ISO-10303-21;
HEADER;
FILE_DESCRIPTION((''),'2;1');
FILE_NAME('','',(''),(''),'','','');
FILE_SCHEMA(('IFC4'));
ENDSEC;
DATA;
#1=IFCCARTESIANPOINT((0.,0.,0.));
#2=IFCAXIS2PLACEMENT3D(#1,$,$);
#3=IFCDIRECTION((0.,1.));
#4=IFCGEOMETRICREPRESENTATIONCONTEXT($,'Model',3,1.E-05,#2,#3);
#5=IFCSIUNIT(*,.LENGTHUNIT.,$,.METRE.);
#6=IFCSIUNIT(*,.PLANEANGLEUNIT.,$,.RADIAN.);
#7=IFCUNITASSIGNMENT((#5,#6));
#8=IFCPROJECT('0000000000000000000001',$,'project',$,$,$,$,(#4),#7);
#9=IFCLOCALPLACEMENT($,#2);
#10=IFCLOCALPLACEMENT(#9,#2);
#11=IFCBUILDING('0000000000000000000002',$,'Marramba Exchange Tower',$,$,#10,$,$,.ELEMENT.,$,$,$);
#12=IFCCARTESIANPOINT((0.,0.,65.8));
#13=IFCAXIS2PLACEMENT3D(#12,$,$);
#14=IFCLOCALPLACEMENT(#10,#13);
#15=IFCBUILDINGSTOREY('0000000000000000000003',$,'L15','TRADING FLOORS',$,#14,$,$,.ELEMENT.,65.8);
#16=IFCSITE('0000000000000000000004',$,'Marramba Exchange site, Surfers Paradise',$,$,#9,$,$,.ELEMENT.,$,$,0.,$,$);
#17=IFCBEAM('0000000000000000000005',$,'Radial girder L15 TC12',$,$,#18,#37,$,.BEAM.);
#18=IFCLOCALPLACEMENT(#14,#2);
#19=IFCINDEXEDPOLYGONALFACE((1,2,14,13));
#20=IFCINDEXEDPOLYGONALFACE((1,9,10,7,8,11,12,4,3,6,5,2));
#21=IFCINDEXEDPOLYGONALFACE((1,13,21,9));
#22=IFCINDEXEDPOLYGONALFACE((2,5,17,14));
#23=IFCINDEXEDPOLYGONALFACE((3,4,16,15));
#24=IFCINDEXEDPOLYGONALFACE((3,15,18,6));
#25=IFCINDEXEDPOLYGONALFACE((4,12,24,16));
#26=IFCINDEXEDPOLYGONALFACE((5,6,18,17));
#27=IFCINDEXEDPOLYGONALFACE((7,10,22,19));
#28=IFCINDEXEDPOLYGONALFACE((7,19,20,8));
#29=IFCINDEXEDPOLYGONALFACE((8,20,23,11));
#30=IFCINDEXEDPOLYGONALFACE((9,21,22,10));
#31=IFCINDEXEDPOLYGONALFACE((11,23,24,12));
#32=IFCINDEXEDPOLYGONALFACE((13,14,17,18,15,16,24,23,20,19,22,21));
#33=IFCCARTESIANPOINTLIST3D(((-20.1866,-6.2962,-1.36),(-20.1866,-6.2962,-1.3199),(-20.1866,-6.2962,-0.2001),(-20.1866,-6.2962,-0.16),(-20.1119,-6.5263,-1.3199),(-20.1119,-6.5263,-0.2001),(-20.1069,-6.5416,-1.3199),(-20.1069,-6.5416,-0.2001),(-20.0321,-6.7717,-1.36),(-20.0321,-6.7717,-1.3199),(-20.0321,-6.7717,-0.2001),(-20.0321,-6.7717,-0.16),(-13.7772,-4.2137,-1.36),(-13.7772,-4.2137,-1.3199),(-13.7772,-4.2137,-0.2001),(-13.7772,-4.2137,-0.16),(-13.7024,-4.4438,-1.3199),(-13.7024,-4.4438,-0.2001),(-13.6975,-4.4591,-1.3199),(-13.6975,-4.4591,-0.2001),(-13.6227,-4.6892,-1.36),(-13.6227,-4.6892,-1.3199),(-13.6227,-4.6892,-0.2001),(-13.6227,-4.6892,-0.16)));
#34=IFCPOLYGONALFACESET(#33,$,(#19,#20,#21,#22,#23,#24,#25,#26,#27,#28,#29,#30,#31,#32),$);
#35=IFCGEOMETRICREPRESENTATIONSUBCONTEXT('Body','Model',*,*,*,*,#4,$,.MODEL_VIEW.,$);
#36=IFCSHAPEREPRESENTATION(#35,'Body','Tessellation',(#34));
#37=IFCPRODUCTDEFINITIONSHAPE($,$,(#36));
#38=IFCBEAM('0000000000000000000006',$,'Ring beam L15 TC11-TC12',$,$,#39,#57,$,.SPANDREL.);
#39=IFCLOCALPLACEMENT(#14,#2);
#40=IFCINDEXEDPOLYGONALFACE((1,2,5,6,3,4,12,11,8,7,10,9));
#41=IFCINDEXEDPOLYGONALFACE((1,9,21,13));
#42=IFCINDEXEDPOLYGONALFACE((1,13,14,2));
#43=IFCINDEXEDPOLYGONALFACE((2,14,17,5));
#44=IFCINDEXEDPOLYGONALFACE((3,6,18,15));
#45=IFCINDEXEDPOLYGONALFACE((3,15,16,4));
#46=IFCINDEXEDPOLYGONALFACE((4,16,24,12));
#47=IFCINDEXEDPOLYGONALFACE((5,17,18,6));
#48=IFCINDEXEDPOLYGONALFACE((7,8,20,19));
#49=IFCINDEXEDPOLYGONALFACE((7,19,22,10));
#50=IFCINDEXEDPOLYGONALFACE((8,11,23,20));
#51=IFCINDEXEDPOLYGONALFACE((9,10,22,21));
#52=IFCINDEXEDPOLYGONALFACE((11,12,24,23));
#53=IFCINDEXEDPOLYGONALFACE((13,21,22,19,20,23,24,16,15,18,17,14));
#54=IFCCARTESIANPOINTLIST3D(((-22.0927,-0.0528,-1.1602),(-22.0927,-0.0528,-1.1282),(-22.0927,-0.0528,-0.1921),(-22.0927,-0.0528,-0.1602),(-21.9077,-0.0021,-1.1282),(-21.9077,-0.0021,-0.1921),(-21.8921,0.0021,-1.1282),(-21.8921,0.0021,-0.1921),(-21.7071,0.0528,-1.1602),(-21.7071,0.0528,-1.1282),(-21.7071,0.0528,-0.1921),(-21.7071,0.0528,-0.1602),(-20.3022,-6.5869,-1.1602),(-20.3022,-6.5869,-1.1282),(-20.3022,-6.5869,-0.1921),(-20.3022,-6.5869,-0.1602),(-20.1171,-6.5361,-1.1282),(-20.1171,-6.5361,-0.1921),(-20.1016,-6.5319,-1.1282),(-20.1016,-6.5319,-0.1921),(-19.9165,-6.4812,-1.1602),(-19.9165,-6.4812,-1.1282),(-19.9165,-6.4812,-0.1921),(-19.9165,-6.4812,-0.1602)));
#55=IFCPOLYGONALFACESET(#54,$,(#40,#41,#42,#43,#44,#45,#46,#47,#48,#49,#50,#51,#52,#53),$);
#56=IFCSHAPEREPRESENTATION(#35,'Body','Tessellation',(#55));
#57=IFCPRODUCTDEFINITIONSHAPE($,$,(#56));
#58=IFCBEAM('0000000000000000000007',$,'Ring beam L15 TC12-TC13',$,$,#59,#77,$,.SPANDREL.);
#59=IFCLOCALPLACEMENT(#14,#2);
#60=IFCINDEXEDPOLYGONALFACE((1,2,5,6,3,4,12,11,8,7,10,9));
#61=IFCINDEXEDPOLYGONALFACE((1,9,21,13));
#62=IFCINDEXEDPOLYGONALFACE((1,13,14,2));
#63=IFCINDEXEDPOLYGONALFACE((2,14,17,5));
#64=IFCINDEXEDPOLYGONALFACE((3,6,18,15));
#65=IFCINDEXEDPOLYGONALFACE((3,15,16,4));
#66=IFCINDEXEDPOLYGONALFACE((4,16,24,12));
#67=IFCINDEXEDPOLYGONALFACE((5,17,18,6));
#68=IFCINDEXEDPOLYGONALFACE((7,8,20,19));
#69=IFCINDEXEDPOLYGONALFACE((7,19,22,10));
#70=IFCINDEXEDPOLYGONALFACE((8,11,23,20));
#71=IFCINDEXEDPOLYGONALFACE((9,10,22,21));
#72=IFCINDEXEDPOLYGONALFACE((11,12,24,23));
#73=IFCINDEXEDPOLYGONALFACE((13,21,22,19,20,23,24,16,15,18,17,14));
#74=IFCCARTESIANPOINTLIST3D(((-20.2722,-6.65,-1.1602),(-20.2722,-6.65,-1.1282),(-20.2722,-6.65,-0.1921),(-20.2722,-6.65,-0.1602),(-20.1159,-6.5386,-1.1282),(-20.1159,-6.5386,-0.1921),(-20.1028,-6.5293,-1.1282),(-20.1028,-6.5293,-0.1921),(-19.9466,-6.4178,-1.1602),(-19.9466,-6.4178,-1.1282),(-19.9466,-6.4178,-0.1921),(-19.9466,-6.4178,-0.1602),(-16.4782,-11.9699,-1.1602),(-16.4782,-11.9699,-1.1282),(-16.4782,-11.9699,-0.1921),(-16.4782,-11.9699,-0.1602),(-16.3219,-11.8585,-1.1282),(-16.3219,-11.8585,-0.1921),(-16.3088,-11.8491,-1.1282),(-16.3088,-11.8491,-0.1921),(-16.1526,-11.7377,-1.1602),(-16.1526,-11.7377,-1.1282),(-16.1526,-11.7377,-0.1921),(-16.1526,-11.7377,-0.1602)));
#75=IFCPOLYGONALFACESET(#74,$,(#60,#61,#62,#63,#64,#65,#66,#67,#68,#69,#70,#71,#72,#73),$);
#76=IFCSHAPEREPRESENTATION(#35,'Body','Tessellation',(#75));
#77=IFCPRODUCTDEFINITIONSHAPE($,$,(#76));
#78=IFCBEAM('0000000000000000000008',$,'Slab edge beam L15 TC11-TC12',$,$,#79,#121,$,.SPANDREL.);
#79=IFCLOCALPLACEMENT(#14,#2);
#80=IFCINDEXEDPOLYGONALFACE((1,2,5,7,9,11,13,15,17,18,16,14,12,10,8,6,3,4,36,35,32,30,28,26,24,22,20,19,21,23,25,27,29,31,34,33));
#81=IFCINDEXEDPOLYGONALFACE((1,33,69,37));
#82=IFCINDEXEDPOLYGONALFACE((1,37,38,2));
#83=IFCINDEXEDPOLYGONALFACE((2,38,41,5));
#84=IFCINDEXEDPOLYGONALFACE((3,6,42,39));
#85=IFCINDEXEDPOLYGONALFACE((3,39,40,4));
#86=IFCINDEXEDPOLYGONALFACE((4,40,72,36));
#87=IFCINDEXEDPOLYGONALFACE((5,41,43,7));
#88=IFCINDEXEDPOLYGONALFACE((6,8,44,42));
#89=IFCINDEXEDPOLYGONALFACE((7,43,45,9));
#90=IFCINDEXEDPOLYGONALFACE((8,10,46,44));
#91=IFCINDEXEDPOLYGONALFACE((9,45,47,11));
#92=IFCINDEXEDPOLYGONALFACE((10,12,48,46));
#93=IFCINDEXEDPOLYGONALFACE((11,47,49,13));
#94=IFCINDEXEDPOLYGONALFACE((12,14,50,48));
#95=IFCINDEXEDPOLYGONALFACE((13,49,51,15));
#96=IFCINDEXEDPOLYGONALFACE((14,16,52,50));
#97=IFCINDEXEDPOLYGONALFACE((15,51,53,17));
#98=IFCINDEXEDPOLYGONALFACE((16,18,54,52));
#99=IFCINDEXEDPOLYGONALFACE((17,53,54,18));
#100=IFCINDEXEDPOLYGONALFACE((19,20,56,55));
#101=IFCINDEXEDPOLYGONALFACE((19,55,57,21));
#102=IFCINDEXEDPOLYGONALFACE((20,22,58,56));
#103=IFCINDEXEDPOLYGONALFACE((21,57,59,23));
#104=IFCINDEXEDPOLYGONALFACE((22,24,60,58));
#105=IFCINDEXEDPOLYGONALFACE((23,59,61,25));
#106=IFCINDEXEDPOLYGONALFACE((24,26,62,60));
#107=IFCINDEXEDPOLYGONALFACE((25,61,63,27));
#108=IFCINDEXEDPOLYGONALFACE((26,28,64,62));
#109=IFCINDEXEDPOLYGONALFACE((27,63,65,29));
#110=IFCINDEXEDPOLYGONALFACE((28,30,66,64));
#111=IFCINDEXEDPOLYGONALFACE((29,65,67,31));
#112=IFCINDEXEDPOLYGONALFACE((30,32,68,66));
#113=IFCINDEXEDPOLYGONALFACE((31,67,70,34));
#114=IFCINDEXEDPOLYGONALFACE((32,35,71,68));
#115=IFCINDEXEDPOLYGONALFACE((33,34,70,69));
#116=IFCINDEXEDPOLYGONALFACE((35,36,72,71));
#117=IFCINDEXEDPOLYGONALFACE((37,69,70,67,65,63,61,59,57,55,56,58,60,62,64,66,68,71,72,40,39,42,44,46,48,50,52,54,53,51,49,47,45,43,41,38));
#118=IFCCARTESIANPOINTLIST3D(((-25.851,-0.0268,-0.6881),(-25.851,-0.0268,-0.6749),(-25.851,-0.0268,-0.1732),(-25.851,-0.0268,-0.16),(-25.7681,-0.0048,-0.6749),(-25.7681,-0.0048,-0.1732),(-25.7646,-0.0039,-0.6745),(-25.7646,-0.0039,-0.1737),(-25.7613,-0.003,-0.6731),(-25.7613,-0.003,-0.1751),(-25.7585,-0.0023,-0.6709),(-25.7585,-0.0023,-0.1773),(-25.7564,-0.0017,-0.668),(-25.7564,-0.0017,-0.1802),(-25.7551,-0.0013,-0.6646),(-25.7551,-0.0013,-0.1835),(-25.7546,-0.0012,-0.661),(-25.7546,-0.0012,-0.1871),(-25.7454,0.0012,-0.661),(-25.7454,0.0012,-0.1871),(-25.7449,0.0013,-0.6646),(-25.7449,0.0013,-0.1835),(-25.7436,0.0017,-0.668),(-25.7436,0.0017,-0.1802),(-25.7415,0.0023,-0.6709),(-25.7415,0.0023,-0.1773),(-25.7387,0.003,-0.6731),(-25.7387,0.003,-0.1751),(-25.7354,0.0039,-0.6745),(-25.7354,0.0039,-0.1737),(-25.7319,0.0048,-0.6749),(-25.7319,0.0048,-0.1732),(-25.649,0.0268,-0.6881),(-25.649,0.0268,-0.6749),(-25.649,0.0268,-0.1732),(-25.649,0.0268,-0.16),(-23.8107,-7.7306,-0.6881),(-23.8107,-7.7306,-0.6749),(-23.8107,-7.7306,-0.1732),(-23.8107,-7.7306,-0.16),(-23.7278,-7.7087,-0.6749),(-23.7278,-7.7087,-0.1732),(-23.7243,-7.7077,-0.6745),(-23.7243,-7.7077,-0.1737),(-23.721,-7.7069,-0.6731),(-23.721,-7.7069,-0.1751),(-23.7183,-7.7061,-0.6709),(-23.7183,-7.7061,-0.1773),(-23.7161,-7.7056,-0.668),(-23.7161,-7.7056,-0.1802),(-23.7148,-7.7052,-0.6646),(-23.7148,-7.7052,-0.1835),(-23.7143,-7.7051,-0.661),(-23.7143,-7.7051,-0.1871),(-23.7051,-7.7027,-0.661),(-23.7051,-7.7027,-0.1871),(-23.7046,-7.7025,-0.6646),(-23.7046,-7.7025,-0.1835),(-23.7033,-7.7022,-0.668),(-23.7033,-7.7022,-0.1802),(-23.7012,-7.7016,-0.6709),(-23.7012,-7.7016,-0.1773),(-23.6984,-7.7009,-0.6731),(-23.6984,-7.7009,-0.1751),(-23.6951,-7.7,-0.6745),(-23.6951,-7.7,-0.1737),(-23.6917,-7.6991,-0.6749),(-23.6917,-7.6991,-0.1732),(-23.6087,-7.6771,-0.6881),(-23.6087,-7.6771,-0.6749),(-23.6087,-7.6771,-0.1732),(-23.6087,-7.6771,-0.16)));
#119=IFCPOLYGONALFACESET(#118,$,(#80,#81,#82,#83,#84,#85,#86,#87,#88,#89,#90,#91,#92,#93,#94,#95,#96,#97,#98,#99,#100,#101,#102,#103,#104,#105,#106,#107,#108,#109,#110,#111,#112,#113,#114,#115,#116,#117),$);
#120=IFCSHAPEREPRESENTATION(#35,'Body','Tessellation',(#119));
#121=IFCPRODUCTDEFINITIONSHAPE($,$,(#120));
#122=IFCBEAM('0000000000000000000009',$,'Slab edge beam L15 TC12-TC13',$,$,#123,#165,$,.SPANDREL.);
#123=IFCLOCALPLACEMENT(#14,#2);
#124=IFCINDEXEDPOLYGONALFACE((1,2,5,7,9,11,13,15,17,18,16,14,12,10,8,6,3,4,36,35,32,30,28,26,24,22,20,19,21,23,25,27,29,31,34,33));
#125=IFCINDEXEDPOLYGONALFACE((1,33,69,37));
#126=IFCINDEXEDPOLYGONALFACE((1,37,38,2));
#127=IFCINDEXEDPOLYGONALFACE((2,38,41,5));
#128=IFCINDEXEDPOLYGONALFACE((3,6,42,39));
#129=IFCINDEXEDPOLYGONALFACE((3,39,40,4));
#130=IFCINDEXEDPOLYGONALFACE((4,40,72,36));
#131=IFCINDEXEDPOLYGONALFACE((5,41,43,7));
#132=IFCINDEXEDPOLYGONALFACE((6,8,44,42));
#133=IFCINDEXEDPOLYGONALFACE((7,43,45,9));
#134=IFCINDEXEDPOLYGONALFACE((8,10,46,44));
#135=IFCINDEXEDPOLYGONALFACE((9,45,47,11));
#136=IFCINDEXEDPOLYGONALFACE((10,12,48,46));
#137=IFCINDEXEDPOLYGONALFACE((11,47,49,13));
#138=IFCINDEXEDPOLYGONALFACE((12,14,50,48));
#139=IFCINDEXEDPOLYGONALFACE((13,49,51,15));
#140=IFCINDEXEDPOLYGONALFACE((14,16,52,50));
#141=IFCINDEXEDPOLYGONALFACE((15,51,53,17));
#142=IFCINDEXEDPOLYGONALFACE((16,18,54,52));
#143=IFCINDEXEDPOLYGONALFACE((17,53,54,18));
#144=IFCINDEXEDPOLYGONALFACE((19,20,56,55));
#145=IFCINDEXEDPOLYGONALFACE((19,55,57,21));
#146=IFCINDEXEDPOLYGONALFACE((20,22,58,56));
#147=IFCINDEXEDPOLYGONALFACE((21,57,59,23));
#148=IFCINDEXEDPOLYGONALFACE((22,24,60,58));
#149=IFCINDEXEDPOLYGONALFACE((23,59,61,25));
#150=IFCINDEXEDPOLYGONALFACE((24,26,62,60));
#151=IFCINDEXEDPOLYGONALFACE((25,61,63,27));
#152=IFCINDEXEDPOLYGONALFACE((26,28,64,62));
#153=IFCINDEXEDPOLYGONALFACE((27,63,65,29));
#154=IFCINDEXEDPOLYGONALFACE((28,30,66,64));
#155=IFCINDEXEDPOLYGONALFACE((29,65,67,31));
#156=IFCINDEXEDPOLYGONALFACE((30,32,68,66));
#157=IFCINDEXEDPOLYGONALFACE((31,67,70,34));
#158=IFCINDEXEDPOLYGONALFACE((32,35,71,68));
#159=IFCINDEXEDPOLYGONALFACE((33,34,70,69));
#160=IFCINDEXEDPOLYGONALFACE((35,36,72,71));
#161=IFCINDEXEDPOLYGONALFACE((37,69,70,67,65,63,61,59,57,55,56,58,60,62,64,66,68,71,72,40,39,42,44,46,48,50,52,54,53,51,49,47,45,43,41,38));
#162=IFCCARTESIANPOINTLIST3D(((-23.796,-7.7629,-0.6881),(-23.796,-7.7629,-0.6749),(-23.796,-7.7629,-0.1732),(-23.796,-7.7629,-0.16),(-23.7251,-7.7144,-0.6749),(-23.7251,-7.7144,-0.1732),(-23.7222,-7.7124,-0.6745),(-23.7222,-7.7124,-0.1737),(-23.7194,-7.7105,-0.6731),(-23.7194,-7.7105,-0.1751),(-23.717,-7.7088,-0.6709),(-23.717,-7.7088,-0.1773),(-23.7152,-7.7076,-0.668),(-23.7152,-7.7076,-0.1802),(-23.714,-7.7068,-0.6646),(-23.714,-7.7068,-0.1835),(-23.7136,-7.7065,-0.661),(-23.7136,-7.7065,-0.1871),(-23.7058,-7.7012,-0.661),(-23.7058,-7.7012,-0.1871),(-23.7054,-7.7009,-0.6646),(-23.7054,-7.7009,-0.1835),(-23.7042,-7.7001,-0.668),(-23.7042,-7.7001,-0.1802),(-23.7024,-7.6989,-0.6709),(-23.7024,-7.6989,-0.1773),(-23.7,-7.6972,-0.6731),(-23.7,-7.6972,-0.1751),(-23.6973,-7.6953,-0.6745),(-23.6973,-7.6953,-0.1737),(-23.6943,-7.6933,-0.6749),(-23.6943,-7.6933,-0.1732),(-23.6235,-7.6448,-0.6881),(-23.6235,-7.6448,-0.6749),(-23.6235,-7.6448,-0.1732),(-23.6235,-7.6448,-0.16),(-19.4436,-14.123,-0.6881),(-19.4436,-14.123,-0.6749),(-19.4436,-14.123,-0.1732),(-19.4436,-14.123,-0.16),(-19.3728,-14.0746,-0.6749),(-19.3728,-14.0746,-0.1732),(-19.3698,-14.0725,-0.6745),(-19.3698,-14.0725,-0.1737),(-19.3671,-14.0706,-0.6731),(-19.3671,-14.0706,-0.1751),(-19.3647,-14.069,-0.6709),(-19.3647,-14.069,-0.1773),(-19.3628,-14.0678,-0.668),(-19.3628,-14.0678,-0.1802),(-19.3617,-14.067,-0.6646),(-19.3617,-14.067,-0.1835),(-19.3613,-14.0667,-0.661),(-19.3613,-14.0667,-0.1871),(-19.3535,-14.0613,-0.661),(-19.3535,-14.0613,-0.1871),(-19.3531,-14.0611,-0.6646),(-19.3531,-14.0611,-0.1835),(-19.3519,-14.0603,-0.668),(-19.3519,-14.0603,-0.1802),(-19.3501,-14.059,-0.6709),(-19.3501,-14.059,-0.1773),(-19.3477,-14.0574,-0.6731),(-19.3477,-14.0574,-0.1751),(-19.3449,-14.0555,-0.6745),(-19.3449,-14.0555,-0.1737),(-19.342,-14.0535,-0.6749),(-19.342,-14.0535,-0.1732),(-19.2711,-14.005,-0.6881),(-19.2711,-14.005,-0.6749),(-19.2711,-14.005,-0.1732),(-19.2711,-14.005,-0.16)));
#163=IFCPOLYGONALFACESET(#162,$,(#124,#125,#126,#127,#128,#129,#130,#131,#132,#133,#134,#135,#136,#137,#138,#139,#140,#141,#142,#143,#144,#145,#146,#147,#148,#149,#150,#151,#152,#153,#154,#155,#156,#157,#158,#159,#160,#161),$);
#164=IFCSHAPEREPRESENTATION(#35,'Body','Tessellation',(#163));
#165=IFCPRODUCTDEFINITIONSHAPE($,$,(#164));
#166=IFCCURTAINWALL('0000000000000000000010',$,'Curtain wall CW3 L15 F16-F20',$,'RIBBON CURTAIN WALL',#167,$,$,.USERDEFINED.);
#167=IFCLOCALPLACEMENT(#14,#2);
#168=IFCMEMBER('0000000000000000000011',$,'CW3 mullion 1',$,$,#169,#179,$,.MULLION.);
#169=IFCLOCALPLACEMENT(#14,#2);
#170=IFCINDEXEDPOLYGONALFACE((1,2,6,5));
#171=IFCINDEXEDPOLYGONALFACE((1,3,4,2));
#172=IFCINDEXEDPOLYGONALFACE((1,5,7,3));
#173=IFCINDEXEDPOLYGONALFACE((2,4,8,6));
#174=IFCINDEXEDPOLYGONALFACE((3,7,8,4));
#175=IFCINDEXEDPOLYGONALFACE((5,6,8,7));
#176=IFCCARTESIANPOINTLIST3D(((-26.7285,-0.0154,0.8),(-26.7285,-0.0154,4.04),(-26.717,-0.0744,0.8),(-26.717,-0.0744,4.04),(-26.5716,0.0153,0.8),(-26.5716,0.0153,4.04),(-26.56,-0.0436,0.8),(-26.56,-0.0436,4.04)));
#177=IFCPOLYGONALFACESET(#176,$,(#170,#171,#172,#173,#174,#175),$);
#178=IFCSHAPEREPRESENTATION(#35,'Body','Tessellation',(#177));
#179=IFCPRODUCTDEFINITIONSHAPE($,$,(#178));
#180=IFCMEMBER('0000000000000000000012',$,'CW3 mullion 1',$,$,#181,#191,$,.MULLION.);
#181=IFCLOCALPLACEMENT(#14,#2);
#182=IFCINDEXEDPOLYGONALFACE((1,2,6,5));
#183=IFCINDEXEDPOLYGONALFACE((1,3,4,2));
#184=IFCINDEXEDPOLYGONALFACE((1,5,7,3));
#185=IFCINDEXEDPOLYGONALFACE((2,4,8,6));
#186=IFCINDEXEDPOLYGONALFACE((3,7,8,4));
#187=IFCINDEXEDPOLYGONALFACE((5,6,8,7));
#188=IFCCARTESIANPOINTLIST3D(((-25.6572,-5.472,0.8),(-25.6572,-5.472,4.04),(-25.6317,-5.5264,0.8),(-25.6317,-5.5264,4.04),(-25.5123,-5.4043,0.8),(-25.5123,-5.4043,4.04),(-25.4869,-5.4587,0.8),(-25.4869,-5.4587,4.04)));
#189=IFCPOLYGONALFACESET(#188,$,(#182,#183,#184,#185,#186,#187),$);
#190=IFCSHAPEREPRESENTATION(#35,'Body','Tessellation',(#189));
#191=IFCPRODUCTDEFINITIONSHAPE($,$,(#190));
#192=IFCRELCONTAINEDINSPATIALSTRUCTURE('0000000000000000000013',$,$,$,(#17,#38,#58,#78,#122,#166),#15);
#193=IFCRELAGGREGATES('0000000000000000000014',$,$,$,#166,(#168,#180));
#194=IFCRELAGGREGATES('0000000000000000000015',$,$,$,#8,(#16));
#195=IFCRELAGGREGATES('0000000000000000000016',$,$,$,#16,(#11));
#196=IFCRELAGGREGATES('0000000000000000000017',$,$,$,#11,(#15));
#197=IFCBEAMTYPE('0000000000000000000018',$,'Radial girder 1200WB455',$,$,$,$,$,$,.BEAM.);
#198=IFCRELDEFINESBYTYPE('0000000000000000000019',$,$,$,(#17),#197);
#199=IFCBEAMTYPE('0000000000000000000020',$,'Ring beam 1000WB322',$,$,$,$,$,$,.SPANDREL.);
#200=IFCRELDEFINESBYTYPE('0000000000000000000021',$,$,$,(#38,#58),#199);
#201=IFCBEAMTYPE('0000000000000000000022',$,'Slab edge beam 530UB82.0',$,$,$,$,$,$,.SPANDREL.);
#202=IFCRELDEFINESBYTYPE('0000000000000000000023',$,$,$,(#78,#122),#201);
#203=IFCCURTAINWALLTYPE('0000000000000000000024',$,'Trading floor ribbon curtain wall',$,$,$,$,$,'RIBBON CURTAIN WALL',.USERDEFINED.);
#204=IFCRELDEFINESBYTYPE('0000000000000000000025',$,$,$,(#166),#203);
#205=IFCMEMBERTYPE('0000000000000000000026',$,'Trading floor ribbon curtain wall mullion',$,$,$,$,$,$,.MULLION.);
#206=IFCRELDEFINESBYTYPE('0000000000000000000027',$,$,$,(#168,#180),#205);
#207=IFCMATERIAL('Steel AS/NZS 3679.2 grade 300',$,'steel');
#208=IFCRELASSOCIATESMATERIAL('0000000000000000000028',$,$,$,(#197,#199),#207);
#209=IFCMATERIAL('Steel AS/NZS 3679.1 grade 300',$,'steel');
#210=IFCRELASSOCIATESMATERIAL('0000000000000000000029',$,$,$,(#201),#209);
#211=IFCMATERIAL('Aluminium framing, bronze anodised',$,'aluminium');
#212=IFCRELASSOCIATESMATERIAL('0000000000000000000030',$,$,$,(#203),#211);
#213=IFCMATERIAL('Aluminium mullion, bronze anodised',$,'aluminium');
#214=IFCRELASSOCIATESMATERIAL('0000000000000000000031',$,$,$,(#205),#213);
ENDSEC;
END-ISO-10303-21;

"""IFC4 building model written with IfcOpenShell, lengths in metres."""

from ifc_helpers import new_model, si_unit, direction, frame, origin, origin_2d, place, context, subcontext, project, spatial, rectangle, i_section, extrude, material, material_profile, profile_set, type_object, element, aggregate, save


model = new_model("IFC4")

# Units and contexts
model_context = context("Model", 3, precision=1e-05, world=origin(), true_north=direction((0.0, 1.0)))
body_context = subcontext(model_context, "Body", "Model", "MODEL_VIEW")
ifc_project = project(units=[si_unit("LENGTHUNIT", "METRE"), si_unit("PLANEANGLEUNIT", "RADIAN")], contexts=[model_context])

# Site, building, storey
site_placement = place(None, origin())
site = spatial("IfcSite", under=ifc_project, at=site_placement, Name="Marramba Exchange site, Surfers Paradise", CompositionType="ELEMENT", RefElevation=0.0)
building_placement = place(site_placement, origin())
building = spatial("IfcBuilding", under=site, at=building_placement, Name="Marramba Exchange Tower", CompositionType="ELEMENT")
storey_placement = place(building_placement, frame((0.0, 0.0, 65.8)))
storey = spatial("IfcBuildingStorey", under=building, at=storey_placement, Name="L15", Description="TRADING FLOORS", CompositionType="ELEMENT", Elevation=65.8)

# Beams
ifc_material_1 = material(Name="Steel AS/NZS 3679.2 grade 300", Category="steel")
ifc_material_2 = material(Name="Steel AS/NZS 3679.1 grade 300", Category="steel")
ifc_material_profile_1 = material_profile(ifc_material_1, i_section(OverallWidth=0.5, OverallDepth=1.2, WebThickness=0.0161, FlangeThickness=0.04, at=origin_2d()), Name="1200WB455")
ifc_profile_set_1 = profile_set([ifc_material_profile_1], Name="Steel AS/NZS 3679.2 grade 300")
beam_type_1 = type_object("IfcBeamType", Name="Radial girder 1200WB455", PredefinedType="BEAM", material=ifc_profile_set_1)
beam_1_placement = place(storey_placement, frame((-13.7, -4.4514, -0.76), z_axis=(-0.951058, -0.309013, 0.0), x_axis=(0.309013, -0.951058, 0.0)))
element("IfcBeam", 1, at=beam_1_placement, inside=storey, type_object=beam_type_1, Name="Radial girder L15 TC12", PredefinedType="BEAM", context=body_context, shape_type="SweptSolid", body=[
    extrude(i_section(OverallWidth=0.5, OverallDepth=1.2, WebThickness=0.0161, FlangeThickness=0.04, at=origin_2d()), origin(), (0.0, 0.0, 1.0), 6.7393),
])
ifc_material_profile_2 = material_profile(ifc_material_1, i_section(OverallWidth=0.3999, OverallDepth=1.0, WebThickness=0.0161, FlangeThickness=0.032, at=origin_2d()), Name="1000WB322")
ifc_profile_set_2 = profile_set([ifc_material_profile_2], Name="Steel AS/NZS 3679.2 grade 300")
beam_type_2 = type_object("IfcBeamType", Name="Ring beam 1000WB322", PredefinedType="SPANDREL", material=ifc_profile_set_2)
beam_2_placement = place(storey_placement, frame((-21.8999, 0.0, -0.6602), z_axis=(0.264291, -0.964443, 0.0), x_axis=(0.964443, 0.264291, 0.0)))
element("IfcBeam", 2, at=beam_2_placement, inside=storey, type_object=beam_type_2, Name="Ring beam L15 TC11-TC12", PredefinedType="SPANDREL", context=body_context, shape_type="SweptSolid", body=[
    extrude(i_section(OverallWidth=0.3999, OverallDepth=1.0, WebThickness=0.0161, FlangeThickness=0.032, at=origin_2d()), origin(), (0.0, 0.0, 1.0), 6.7749),
])
beam_3_placement = place(storey_placement, frame((-20.1094, -6.5339, -0.6602), z_axis=(0.580637, -0.814162, 0.0), x_axis=(0.814162, 0.580637, 0.0)))
element("IfcBeam", 3, at=beam_3_placement, inside=storey, type_object=beam_type_2, Name="Ring beam L15 TC12-TC13", PredefinedType="SPANDREL", context=body_context, shape_type="SweptSolid", body=[
    extrude(i_section(OverallWidth=0.3999, OverallDepth=1.0, WebThickness=0.0161, FlangeThickness=0.032, at=origin_2d()), origin(), (0.0, 0.0, 1.0), 6.5342),
])
ifc_material_profile_3 = material_profile(ifc_material_2, i_section(OverallWidth=0.209, OverallDepth=0.5281, WebThickness=0.0095, FlangeThickness=0.0132, FilletRadius=0.0139, at=origin_2d()), Name="530UB82.0")
ifc_profile_set_3 = profile_set([ifc_material_profile_3], Name="Steel AS/NZS 3679.1 grade 300")
beam_type_3 = type_object("IfcBeamType", Name="Slab edge beam 530UB82.0", PredefinedType="SPANDREL", material=ifc_profile_set_3)
beam_4_placement = place(storey_placement, frame((-25.75, 0.0, -0.4241), z_axis=(0.256013, -0.966673, 0.0), x_axis=(0.966673, 0.256013, 0.0)))
element("IfcBeam", 4, at=beam_4_placement, inside=storey, type_object=beam_type_3, Name="Slab edge beam L15 TC11-TC12", PredefinedType="SPANDREL", context=body_context, shape_type="SweptSolid", body=[
    extrude(i_section(OverallWidth=0.209, OverallDepth=0.5281, WebThickness=0.0095, FlangeThickness=0.0132, FilletRadius=0.0139, at=origin_2d()), origin(), (0.0, 0.0, 1.0), 7.9695),
])
beam_5_placement = place(storey_placement, frame((-23.7097, -7.7039, -0.4241), z_axis=(0.564741, -0.825268, 0.0), x_axis=(0.825268, 0.564741, 0.0)))
element("IfcBeam", 5, at=beam_5_placement, inside=storey, type_object=beam_type_3, Name="Slab edge beam L15 TC12-TC13", PredefinedType="SPANDREL", context=body_context, shape_type="SweptSolid", body=[
    extrude(i_section(OverallWidth=0.209, OverallDepth=0.5281, WebThickness=0.0095, FlangeThickness=0.0132, FilletRadius=0.0139, at=origin_2d()), origin(), (0.0, 0.0, 1.0), 7.7068),
])

# Curtain wall, members
ifc_material_3 = material(Name="Aluminium framing, bronze anodised", Category="aluminium")
curtain_wall_type = type_object("IfcCurtainWallType", Name="Trading floor ribbon curtain wall", ElementType="RIBBON CURTAIN WALL", PredefinedType="USERDEFINED", material=ifc_material_3)
curtain_wall_placement = place(storey_placement, origin())
curtain_wall = element("IfcCurtainWall", 6, at=curtain_wall_placement, inside=storey, type_object=curtain_wall_type, Name="Curtain wall CW3 L15 F16-F20", ObjectType="RIBBON CURTAIN WALL", PredefinedType="USERDEFINED")
ifc_material_4 = material(Name="Aluminium mullion, bronze anodised", Category="aluminium")
ifc_material_profile_4 = material_profile(ifc_material_4, rectangle(XDim=0.1599, YDim=0.0601, at=origin_2d()), Name="CW3 mullion 60x160")
ifc_profile_set_4 = profile_set([ifc_material_profile_4], Name="Aluminium mullion, bronze anodised")
member_type_1 = type_object("IfcMemberType", Name="Trading floor ribbon curtain wall mullion", PredefinedType="MULLION", material=ifc_profile_set_4)
member_1_placement = place(storey_placement, frame((-26.6443, -0.0295, 0.8), z_axis=(0.0, 0.0, 1.0), x_axis=(0.981346, 0.192249, 0.0)))
member_1 = element("IfcMember", 7, at=member_1_placement, type_object=member_type_1, Name="CW3 mullion 1", PredefinedType="MULLION", context=body_context, shape_type="SweptSolid", body=[
    extrude(rectangle(XDim=0.1599, YDim=0.0601, at=origin_2d()), origin(), (0.0, 0.0, 1.0), 3.24),
])
member_2_placement = place(storey_placement, frame((-25.572, -5.4653, 0.8), z_axis=(0.0, 0.0, 1.0), x_axis=(0.905907, 0.423477, 0.0)))
member_2 = element("IfcMember", 8, at=member_2_placement, type_object=member_type_1, Name="CW3 mullion 1", PredefinedType="MULLION", context=body_context, shape_type="SweptSolid", body=[
    extrude(rectangle(XDim=0.1599, YDim=0.0601, at=origin_2d()), origin(), (0.0, 0.0, 1.0), 3.24),
])
aggregate(curtain_wall, [member_1, member_2])

save(model, "model.ifc")
